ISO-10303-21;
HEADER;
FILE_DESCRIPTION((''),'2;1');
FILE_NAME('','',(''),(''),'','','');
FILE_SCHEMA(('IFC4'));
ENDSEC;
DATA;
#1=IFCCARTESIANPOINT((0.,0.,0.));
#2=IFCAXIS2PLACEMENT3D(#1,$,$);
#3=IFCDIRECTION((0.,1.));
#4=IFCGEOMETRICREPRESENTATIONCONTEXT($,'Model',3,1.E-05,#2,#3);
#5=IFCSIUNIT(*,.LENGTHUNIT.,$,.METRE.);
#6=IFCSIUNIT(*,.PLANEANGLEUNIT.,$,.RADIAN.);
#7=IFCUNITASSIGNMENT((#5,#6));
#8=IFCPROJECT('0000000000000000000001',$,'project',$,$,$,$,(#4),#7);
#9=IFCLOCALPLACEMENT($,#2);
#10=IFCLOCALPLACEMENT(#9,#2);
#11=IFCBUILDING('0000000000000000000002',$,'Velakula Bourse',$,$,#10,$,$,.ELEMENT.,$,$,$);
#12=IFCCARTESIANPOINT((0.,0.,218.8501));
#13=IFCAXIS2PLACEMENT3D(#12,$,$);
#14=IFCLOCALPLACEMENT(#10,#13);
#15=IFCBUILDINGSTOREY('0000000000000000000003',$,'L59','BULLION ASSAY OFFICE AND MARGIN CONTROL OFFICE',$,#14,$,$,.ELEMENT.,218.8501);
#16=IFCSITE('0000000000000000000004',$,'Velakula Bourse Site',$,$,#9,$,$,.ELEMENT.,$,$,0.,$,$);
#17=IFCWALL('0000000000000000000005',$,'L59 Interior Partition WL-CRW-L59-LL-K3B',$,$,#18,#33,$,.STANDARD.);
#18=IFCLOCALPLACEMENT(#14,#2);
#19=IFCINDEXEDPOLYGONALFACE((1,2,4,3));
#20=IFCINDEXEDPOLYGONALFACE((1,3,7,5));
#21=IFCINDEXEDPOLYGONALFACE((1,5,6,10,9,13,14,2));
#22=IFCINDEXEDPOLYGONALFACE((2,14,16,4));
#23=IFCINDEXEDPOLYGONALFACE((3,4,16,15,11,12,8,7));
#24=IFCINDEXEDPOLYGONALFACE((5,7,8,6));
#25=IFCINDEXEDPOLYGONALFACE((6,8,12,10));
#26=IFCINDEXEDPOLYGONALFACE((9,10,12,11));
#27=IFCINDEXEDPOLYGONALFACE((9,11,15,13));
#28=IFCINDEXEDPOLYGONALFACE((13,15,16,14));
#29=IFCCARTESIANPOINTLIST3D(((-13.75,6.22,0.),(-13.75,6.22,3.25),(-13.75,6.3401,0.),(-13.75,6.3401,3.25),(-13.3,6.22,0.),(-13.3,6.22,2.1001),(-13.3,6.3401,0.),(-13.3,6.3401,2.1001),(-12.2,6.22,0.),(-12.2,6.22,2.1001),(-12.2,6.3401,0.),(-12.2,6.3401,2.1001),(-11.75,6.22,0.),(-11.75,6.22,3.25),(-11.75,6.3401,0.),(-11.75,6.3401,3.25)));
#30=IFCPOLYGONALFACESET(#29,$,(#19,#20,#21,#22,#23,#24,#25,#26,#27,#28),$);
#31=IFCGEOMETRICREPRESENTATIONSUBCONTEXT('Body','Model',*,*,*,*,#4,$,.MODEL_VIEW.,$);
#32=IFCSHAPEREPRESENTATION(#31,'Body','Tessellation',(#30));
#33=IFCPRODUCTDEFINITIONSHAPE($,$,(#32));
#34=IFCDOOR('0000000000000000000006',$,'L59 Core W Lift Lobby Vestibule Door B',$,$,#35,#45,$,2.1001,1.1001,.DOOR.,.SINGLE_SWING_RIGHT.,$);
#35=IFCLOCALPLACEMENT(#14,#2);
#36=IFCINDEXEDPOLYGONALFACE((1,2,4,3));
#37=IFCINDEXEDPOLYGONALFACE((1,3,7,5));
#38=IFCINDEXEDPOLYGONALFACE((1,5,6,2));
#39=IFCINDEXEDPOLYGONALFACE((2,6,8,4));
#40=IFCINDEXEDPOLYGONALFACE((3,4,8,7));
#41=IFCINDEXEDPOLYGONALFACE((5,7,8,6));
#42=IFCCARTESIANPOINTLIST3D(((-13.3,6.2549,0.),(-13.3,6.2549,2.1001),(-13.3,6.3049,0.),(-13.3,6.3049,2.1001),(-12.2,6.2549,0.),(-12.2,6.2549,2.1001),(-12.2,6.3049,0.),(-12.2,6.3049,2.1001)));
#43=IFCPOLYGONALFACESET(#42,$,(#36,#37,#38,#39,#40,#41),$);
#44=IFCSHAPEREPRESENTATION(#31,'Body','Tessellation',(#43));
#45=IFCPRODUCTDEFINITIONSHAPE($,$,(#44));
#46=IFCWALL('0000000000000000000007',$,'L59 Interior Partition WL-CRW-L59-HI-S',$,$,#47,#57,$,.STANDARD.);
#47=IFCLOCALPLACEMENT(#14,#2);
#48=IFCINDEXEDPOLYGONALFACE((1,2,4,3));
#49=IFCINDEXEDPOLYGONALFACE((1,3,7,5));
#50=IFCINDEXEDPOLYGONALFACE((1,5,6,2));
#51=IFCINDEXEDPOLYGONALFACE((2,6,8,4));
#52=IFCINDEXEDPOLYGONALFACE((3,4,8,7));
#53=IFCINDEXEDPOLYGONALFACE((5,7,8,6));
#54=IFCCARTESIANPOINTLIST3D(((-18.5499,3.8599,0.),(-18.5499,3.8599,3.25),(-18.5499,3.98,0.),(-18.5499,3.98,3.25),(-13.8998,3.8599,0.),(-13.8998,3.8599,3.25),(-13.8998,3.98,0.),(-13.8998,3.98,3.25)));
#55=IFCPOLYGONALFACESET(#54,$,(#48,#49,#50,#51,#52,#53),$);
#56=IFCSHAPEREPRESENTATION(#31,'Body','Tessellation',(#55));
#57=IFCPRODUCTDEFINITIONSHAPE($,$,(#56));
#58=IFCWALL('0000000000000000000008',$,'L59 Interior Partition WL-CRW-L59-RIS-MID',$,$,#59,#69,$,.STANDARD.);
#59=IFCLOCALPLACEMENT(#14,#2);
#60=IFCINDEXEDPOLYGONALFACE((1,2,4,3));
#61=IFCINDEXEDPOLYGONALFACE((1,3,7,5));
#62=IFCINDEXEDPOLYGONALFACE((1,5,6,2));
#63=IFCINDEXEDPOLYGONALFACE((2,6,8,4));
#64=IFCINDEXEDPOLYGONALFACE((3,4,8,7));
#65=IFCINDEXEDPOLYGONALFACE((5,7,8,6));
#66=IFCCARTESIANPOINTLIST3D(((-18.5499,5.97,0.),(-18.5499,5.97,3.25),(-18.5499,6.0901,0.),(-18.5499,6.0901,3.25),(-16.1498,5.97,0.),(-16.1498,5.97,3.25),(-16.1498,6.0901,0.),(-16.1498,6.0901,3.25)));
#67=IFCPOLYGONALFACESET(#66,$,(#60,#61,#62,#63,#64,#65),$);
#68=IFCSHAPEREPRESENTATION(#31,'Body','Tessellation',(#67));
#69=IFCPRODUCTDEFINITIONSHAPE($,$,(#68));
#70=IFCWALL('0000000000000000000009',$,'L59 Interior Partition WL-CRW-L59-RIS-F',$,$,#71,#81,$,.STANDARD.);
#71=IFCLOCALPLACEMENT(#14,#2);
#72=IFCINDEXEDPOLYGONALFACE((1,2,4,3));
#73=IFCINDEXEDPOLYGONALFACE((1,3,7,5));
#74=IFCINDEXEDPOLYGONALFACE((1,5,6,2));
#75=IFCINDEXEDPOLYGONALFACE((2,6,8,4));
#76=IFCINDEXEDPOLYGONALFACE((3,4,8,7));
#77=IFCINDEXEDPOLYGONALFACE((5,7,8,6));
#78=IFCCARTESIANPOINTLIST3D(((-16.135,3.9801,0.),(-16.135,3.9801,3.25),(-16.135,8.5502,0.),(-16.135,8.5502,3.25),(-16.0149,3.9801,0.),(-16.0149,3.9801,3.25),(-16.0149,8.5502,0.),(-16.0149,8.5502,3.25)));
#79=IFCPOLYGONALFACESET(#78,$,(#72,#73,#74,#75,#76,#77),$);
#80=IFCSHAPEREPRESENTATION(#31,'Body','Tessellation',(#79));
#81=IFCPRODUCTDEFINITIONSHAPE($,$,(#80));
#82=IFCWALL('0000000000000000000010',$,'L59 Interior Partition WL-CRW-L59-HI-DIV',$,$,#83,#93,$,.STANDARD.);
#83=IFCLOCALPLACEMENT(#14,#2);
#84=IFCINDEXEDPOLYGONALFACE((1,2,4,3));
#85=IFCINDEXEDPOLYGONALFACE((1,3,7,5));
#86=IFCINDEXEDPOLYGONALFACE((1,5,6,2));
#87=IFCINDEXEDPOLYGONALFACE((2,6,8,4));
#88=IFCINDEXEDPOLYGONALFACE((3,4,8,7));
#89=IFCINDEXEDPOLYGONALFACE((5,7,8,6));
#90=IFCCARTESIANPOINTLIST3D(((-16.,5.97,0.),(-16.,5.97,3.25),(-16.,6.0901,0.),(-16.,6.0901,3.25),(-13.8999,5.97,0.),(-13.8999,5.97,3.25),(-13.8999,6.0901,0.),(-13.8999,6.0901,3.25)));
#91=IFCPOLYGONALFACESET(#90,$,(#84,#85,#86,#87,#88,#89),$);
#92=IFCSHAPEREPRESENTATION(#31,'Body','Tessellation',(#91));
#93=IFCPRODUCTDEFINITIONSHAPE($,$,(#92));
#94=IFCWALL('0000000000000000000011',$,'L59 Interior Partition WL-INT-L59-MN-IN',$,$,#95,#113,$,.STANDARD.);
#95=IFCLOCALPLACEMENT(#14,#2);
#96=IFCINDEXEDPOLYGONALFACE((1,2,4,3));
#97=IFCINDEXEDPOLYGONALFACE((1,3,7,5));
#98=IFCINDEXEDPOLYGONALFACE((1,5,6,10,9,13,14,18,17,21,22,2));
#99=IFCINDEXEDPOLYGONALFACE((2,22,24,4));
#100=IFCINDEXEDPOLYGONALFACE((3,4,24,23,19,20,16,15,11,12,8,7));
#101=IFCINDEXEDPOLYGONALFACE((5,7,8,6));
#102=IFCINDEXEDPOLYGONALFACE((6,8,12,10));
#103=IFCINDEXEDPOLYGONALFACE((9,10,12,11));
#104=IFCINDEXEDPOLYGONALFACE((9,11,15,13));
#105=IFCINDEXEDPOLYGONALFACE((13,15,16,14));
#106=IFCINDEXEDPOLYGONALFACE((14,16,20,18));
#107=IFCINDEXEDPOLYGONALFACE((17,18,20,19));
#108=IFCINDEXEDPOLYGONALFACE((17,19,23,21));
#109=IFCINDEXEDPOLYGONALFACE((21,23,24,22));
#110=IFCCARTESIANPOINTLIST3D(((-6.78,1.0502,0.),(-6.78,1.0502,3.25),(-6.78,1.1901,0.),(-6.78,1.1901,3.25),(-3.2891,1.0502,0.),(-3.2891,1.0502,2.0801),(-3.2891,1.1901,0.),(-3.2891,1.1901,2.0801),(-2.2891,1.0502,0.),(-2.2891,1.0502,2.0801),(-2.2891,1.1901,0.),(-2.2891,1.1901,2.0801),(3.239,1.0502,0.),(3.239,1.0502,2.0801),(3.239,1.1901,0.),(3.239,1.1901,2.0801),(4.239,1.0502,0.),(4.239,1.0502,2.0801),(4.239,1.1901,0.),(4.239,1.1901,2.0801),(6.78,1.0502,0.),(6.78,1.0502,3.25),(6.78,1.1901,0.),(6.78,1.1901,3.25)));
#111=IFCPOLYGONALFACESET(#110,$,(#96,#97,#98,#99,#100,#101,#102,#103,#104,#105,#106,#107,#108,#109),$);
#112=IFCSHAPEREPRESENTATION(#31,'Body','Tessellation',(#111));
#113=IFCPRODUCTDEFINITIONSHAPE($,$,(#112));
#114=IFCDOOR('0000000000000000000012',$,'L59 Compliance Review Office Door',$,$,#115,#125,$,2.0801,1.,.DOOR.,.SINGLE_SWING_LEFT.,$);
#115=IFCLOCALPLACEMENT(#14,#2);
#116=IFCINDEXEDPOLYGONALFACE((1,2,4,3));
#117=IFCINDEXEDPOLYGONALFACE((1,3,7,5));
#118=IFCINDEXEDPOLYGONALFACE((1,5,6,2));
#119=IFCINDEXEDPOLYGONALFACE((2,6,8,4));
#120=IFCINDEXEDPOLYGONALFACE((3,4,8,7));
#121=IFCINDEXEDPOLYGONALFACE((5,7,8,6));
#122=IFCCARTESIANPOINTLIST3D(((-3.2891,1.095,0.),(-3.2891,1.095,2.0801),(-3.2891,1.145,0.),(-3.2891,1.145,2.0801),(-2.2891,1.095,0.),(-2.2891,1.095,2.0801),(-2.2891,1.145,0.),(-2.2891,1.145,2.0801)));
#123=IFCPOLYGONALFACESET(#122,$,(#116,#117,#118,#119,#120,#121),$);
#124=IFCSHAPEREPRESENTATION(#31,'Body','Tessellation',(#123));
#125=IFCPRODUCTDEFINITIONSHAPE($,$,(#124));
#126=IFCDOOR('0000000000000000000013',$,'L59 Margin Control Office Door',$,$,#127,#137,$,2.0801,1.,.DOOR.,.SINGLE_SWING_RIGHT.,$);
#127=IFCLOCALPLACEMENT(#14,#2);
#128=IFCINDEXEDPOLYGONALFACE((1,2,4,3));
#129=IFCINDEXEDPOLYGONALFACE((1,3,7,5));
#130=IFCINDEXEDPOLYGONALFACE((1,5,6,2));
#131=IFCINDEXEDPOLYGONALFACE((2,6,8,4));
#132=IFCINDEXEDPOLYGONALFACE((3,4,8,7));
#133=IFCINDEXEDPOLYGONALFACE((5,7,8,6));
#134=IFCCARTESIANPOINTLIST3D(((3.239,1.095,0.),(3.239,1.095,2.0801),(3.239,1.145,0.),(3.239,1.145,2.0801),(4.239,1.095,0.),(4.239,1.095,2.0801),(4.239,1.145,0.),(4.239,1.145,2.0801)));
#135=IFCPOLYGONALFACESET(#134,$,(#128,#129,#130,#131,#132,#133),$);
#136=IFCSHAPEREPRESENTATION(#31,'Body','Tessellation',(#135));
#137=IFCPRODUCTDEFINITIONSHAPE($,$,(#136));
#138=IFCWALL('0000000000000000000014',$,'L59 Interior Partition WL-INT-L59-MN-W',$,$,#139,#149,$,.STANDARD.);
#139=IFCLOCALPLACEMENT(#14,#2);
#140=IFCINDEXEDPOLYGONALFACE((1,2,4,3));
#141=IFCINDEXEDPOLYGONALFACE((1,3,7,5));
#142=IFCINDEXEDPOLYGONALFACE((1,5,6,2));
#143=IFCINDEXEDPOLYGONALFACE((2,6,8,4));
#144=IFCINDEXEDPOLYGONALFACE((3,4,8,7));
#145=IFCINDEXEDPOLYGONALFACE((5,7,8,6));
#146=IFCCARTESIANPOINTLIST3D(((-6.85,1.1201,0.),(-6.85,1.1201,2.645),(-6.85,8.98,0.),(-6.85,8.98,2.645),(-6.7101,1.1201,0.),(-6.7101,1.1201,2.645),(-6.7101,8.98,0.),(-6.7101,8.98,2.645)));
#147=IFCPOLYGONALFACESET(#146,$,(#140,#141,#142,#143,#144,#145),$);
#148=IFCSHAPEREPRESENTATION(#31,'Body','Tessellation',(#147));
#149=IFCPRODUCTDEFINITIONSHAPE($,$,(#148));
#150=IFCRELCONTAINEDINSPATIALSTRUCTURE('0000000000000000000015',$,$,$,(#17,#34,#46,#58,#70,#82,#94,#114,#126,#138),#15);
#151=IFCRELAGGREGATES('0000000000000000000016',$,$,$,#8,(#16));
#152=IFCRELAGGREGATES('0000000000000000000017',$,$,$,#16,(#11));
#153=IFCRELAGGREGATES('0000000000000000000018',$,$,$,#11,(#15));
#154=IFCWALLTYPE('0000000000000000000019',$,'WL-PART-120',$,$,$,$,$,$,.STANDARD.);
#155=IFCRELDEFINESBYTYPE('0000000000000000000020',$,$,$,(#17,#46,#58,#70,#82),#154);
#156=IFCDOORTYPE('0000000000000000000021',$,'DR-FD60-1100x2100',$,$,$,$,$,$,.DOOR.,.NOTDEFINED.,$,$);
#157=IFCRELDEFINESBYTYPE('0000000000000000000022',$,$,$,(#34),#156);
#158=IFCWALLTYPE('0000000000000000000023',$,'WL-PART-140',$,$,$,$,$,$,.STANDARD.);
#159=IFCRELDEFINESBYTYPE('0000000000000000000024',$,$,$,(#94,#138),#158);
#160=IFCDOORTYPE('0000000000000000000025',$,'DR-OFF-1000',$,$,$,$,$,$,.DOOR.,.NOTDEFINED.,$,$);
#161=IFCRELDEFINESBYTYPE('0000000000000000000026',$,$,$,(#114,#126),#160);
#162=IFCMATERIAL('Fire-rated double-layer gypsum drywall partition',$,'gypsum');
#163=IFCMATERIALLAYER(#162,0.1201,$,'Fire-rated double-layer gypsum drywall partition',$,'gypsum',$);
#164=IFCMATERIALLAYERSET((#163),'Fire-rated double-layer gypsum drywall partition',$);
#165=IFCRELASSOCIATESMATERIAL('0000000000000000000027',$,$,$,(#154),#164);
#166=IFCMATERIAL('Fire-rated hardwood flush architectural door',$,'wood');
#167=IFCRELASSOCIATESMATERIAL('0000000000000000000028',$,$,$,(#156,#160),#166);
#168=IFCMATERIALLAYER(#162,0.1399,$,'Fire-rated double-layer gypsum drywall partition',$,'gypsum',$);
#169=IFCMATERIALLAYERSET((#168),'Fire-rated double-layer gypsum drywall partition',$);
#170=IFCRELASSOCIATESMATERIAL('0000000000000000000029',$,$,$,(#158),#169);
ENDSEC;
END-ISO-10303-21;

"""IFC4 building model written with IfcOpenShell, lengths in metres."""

from ifc_helpers import new_model, si_unit, direction, frame, frame_2d, origin, place, context, subcontext, project, spatial, rectangle, extrude, material, layer, layer_set, type_object, element, fill, save


model = new_model("IFC4")

# Units and contexts
model_context = context("Model", 3, precision=1e-05, world=origin(), true_north=direction((0.0, 1.0)))
body_context = subcontext(model_context, "Body", "Model", "MODEL_VIEW")
ifc_project = project(units=[si_unit("LENGTHUNIT", "METRE"), si_unit("PLANEANGLEUNIT", "RADIAN")], contexts=[model_context])

# Site, building, storey
site_placement = place(None, origin())
site = spatial("IfcSite", under=ifc_project, at=site_placement, Name="Velakula Bourse Site", CompositionType="ELEMENT", RefElevation=0.0)
building_placement = place(site_placement, origin())
building = spatial("IfcBuilding", under=site, at=building_placement, Name="Velakula Bourse", CompositionType="ELEMENT")
storey_placement = place(building_placement, frame((0.0, 0.0, 218.8501)))
storey = spatial("IfcBuildingStorey", under=building, at=storey_placement, Name="L59", Description="BULLION ASSAY OFFICE AND MARGIN CONTROL OFFICE", CompositionType="ELEMENT", Elevation=218.8501)

# Wall, opening, door
ifc_material_1 = material(Name="Fire-rated double-layer gypsum drywall partition", Category="gypsum")
ifc_layer_1 = layer(ifc_material_1, 0.1201, Name="Fire-rated double-layer gypsum drywall partition", Category="gypsum")
ifc_layer_set_1 = layer_set([ifc_layer_1], Name="Fire-rated double-layer gypsum drywall partition")
wall_type_1 = type_object("IfcWallType", Name="WL-PART-120", PredefinedType="STANDARD", material=ifc_layer_set_1)
ifc_material_2 = material(Name="Fire-rated hardwood flush architectural door", Category="wood")
door_type_1 = type_object("IfcDoorType", Name="DR-FD60-1100x2100", OperationType="NOTDEFINED", PredefinedType="DOOR", material=ifc_material_2)
wall_1_placement = place(storey_placement, frame((-13.75, 6.28, 0.0), z_axis=(0.0, 0.0, 1.0), x_axis=(1.0, 0.0, 0.0)))
wall_1 = element("IfcWall", 1, at=wall_1_placement, inside=storey, type_object=wall_type_1, Name="L59 Interior Partition WL-CRW-L59-LL-K3B", PredefinedType="STANDARD", context=body_context, shape_type="SweptSolid", body=[
    extrude(rectangle(XDim=2.0, YDim=0.1201, at=frame_2d((1.0, 0.0))), origin(), (0.0, 0.0, 1.0), 3.25),
])
opening_1_placement = place(wall_1_placement, frame((0.45, 0.0, 0.0)))
opening_1 = element("IfcOpeningElement", 2, at=opening_1_placement, cuts=wall_1, PredefinedType="OPENING", context=body_context, shape_type="SweptSolid", body=[
    extrude(rectangle(XDim=1.1001, YDim=2.1001, at=frame_2d((0.55, 1.05))), frame((0.0, 0.0701, 0.0), z_axis=(0.0, -1.0, 0.0), x_axis=(1.0, 0.0, 0.0)), (0.0, 0.0, 1.0), 0.1401),
])
door_1_placement = place(opening_1_placement, origin())
door_1 = element("IfcDoor", 3, at=door_1_placement, inside=storey, type_object=door_type_1, Name="L59 Core W Lift Lobby Vestibule Door B", OperationType="SINGLE_SWING_RIGHT", OverallHeight=2.1001, OverallWidth=1.1001, PredefinedType="DOOR", context=body_context, shape_type="SweptSolid", body=[
    extrude(rectangle(XDim=1.1001, YDim=2.1001, at=frame_2d((0.55, 1.05))), frame((0.0, 0.0249, 0.0), z_axis=(0.0, -1.0, 0.0), x_axis=(1.0, 0.0, 0.0)), (0.0, 0.0, 1.0), 0.05),
])
fill(opening_1, door_1)

# Walls
wall_2_placement = place(storey_placement, frame((-18.55, 3.9199, 0.0), z_axis=(0.0, 0.0, 1.0), x_axis=(1.0, 0.0, 0.0)))
element("IfcWall", 4, at=wall_2_placement, inside=storey, type_object=wall_type_1, Name="L59 Interior Partition WL-CRW-L59-HI-S", PredefinedType="STANDARD", context=body_context, shape_type="SweptSolid", body=[
    extrude(rectangle(XDim=4.6501, YDim=0.1201, at=frame_2d((2.3252, 0.0))), origin(), (0.0, 0.0, 1.0), 3.25),
])
wall_3_placement = place(storey_placement, frame((-18.55, 6.03, 0.0), z_axis=(0.0, 0.0, 1.0), x_axis=(1.0, 0.0, 0.0)))
element("IfcWall", 5, at=wall_3_placement, inside=storey, type_object=wall_type_1, Name="L59 Interior Partition WL-CRW-L59-RIS-MID", PredefinedType="STANDARD", context=body_context, shape_type="SweptSolid", body=[
    extrude(rectangle(XDim=2.4001, YDim=0.1201, at=frame_2d((1.2002, 0.0))), origin(), (0.0, 0.0, 1.0), 3.25),
])
wall_4_placement = place(storey_placement, frame((-16.075, 3.98, 0.0), z_axis=(0.0, 0.0, 1.0), x_axis=(0.0, 1.0, 0.0)))
element("IfcWall", 6, at=wall_4_placement, inside=storey, type_object=wall_type_1, Name="L59 Interior Partition WL-CRW-L59-RIS-F", PredefinedType="STANDARD", context=body_context, shape_type="SweptSolid", body=[
    extrude(rectangle(XDim=4.5701, YDim=0.1201, at=frame_2d((2.2852, 0.0))), origin(), (0.0, 0.0, 1.0), 3.25),
])
wall_5_placement = place(storey_placement, frame((-16.0, 6.03, 0.0), z_axis=(0.0, 0.0, 1.0), x_axis=(1.0, 0.0, 0.0)))
element("IfcWall", 7, at=wall_5_placement, inside=storey, type_object=wall_type_1, Name="L59 Interior Partition WL-CRW-L59-HI-DIV", PredefinedType="STANDARD", context=body_context, shape_type="SweptSolid", body=[
    extrude(rectangle(XDim=2.1001, YDim=0.1201, at=frame_2d((1.05, 0.0))), origin(), (0.0, 0.0, 1.0), 3.25),
])

# Wall, openings, doors
ifc_layer_2 = layer(ifc_material_1, 0.1399, Name="Fire-rated double-layer gypsum drywall partition", Category="gypsum")
ifc_layer_set_2 = layer_set([ifc_layer_2], Name="Fire-rated double-layer gypsum drywall partition")
wall_type_2 = type_object("IfcWallType", Name="WL-PART-140", PredefinedType="STANDARD", material=ifc_layer_set_2)
wall_6_placement = place(storey_placement, frame((-6.78, 1.1201, 0.0), z_axis=(0.0, 0.0, 1.0), x_axis=(1.0, 0.0, 0.0)))
wall_6 = element("IfcWall", 8, at=wall_6_placement, inside=storey, type_object=wall_type_2, Name="L59 Interior Partition WL-INT-L59-MN-IN", PredefinedType="STANDARD", context=body_context, shape_type="SweptSolid", body=[
    extrude(rectangle(XDim=13.5601, YDim=0.1399, at=frame_2d((6.78, 0.0))), origin(), (0.0, 0.0, 1.0), 3.25),
])
opening_2_placement = place(wall_6_placement, frame((3.491, 0.0, 0.0)))
opening_2 = element("IfcOpeningElement", 9, at=opening_2_placement, cuts=wall_6, PredefinedType="OPENING", context=body_context, shape_type="SweptSolid", body=[
    extrude(rectangle(XDim=1.0, YDim=2.0801, at=frame_2d((0.5, 1.04))), frame((0.0, 0.0798, 0.0), z_axis=(0.0, -1.0, 0.0), x_axis=(1.0, 0.0, 0.0)), (0.0, 0.0, 1.0), 0.1599),
])
opening_3_placement = place(wall_6_placement, frame((10.019, 0.0, 0.0)))
opening_3 = element("IfcOpeningElement", 10, at=opening_3_placement, cuts=wall_6, PredefinedType="OPENING", context=body_context, shape_type="SweptSolid", body=[
    extrude(rectangle(XDim=1.0, YDim=2.0801, at=frame_2d((0.5, 1.04))), frame((0.0, 0.0798, 0.0), z_axis=(0.0, -1.0, 0.0), x_axis=(1.0, 0.0, 0.0)), (0.0, 0.0, 1.0), 0.1599),
])
door_type_2 = type_object("IfcDoorType", Name="DR-OFF-1000", OperationType="NOTDEFINED", PredefinedType="DOOR", material=ifc_material_2)
door_2_placement = place(opening_2_placement, origin())
door_2 = element("IfcDoor", 11, at=door_2_placement, inside=storey, type_object=door_type_2, Name="L59 Compliance Review Office Door", OperationType="SINGLE_SWING_LEFT", OverallHeight=2.0801, OverallWidth=1.0, PredefinedType="DOOR", context=body_context, shape_type="SweptSolid", body=[
    extrude(rectangle(XDim=1.0, YDim=2.0801, at=frame_2d((0.5, 1.04))), frame((0.0, 0.0249, 0.0), z_axis=(0.0, -1.0, 0.0), x_axis=(1.0, 0.0, 0.0)), (0.0, 0.0, 1.0), 0.05),
])
fill(opening_2, door_2)
door_3_placement = place(opening_3_placement, origin())
door_3 = element("IfcDoor", 12, at=door_3_placement, inside=storey, type_object=door_type_2, Name="L59 Margin Control Office Door", OperationType="SINGLE_SWING_RIGHT", OverallHeight=2.0801, OverallWidth=1.0, PredefinedType="DOOR", context=body_context, shape_type="SweptSolid", body=[
    extrude(rectangle(XDim=1.0, YDim=2.0801, at=frame_2d((0.5, 1.04))), frame((0.0, 0.0249, 0.0), z_axis=(0.0, -1.0, 0.0), x_axis=(1.0, 0.0, 0.0)), (0.0, 0.0, 1.0), 0.05),
])
fill(opening_3, door_3)

# Wall
wall_7_placement = place(storey_placement, frame((-6.78, 1.1201, 0.0), z_axis=(0.0, 0.0, 1.0), x_axis=(0.0, 1.0, 0.0)))
element("IfcWall", 13, at=wall_7_placement, inside=storey, type_object=wall_type_2, Name="L59 Interior Partition WL-INT-L59-MN-W", PredefinedType="STANDARD", context=body_context, shape_type="SweptSolid", body=[
    extrude(rectangle(XDim=7.8599, YDim=0.1399, at=frame_2d((3.9299, 0.0))), origin(), (0.0, 0.0, 1.0), 2.645),
])

save(model, "model.ifc")
